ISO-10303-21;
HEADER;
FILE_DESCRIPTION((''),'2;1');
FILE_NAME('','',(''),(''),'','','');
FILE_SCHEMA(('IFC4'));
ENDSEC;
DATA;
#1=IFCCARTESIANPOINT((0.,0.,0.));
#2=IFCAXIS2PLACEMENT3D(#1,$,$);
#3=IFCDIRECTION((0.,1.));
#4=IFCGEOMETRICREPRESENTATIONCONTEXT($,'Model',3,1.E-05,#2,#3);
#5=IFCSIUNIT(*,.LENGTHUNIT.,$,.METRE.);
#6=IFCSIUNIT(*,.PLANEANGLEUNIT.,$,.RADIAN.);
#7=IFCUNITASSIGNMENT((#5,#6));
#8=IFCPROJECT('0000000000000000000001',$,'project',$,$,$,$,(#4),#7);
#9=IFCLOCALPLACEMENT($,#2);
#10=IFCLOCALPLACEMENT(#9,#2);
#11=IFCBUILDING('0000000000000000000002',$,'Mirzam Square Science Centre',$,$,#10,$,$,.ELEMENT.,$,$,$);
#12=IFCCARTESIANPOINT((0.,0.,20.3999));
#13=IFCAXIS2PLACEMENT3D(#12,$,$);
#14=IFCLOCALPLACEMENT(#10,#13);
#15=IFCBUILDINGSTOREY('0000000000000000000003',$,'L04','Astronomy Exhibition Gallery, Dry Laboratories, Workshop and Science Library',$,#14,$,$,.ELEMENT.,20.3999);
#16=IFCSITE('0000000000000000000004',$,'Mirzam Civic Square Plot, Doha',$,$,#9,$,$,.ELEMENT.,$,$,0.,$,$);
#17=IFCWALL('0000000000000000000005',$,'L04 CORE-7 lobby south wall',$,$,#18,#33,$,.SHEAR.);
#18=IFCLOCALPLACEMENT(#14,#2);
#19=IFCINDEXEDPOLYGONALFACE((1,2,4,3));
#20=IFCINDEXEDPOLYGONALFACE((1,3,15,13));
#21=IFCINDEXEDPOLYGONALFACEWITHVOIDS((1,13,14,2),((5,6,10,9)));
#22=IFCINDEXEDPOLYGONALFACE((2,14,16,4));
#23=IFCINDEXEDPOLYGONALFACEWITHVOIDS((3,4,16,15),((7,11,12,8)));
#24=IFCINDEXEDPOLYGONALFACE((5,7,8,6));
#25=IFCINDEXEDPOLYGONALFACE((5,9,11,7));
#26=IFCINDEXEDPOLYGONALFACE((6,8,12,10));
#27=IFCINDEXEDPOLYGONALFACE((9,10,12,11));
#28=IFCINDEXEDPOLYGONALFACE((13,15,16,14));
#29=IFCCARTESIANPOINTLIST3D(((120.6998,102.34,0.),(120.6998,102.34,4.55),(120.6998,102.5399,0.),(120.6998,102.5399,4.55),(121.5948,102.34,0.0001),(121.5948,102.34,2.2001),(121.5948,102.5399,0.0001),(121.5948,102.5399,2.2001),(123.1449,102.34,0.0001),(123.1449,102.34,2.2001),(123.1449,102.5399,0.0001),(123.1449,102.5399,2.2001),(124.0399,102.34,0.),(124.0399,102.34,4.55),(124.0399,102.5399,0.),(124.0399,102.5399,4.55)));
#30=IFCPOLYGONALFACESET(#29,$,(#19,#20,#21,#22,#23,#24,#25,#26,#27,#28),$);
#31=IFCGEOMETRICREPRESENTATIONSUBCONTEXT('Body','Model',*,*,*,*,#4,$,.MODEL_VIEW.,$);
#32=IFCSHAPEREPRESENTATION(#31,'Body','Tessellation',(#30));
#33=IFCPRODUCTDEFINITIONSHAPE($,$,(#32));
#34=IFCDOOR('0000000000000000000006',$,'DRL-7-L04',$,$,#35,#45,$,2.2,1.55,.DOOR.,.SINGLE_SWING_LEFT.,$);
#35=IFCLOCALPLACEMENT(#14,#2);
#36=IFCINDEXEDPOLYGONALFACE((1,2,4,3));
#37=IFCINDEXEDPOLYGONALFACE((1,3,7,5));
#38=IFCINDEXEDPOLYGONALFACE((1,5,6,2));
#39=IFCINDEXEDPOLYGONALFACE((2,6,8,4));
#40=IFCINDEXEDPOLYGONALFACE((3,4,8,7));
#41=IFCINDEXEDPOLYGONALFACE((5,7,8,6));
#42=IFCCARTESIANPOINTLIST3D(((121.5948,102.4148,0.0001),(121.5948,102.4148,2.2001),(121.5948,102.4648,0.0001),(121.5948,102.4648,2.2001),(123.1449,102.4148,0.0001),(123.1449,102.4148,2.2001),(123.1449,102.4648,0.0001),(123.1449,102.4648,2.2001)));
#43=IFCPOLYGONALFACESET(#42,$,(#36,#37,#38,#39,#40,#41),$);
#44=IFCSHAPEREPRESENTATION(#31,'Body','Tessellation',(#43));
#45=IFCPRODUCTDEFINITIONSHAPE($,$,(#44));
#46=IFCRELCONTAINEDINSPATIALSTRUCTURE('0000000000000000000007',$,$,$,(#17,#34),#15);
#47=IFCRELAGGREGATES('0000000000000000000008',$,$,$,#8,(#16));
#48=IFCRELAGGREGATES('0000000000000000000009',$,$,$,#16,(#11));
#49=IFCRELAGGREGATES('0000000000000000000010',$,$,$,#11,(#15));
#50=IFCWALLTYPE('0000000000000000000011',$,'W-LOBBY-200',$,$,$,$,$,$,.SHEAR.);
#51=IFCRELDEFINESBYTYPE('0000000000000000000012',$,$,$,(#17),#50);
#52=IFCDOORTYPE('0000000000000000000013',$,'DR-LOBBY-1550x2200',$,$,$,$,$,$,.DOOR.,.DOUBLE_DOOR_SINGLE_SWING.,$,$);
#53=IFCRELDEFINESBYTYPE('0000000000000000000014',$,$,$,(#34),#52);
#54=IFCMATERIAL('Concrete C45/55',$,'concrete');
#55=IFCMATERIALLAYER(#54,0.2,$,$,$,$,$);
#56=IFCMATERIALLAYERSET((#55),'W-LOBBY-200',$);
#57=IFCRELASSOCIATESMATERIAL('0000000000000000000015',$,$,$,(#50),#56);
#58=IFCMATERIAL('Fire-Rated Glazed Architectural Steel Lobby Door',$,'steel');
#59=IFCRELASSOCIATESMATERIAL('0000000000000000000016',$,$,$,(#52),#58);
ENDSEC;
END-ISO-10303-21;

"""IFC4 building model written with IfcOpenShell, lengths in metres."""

from ifc_helpers import new_model, si_unit, direction, frame, frame_2d, origin, place, context, subcontext, project, spatial, rectangle, extrude, material, layer, layer_set, type_object, element, fill, save


model = new_model("IFC4")

# Units and contexts
model_context = context("Model", 3, precision=1e-05, world=origin(), true_north=direction((0.0, 1.0)))
body_context = subcontext(model_context, "Body", "Model", "MODEL_VIEW")
ifc_project = project(units=[si_unit("LENGTHUNIT", "METRE"), si_unit("PLANEANGLEUNIT", "RADIAN")], contexts=[model_context])

# Site, building, storey
site_placement = place(None, origin())
site = spatial("IfcSite", under=ifc_project, at=site_placement, Name="Mirzam Civic Square Plot, Doha", CompositionType="ELEMENT", RefElevation=0.0)
building_placement = place(site_placement, origin())
building = spatial("IfcBuilding", under=site, at=building_placement, Name="Mirzam Square Science Centre", CompositionType="ELEMENT")
storey_placement = place(building_placement, frame((0.0, 0.0, 20.3999)))
storey = spatial("IfcBuildingStorey", under=building, at=storey_placement, Name="L04", Description="Astronomy Exhibition Gallery, Dry Laboratories, Workshop and Science Library", CompositionType="ELEMENT", Elevation=20.3999)

# Shared definitions
ifc_material_1 = material(Name="Concrete C45/55", Category="concrete")

# Wall, opening, door
ifc_layer_1 = layer(ifc_material_1, 0.2)
ifc_layer_set_1 = layer_set([ifc_layer_1], Name="W-LOBBY-200")
wall_type_1 = type_object("IfcWallType", Name="W-LOBBY-200", PredefinedType="SHEAR", material=ifc_layer_set_1)
wall_1_placement = place(storey_placement, frame((120.7, 102.4399, 0.0), z_axis=(0.0, 0.0, 1.0), x_axis=(1.0, 0.0, 0.0)))
wall_1 = element("IfcWall", 1, at=wall_1_placement, inside=storey, type_object=wall_type_1, Name="L04 CORE-7 lobby south wall", PredefinedType="SHEAR", context=body_context, shape_type="SweptSolid", body=[
    extrude(rectangle(XDim=3.3401, YDim=0.2, at=frame_2d((1.6699, 0.0))), origin(), (0.0, 0.0, 1.0), 4.55),
])
opening_placement = place(wall_1_placement, frame((0.895, 0.0, 0.0)))
opening = element("IfcOpeningElement", 2, at=opening_placement, cuts=wall_1, PredefinedType="OPENING", context=body_context, shape_type="SweptSolid", body=[
    extrude(rectangle(XDim=1.55, YDim=2.2, at=frame_2d((0.7749, 1.1001))), frame((0.0, 0.1099, 0.0), z_axis=(0.0, -1.0, 0.0), x_axis=(1.0, 0.0, 0.0)), (0.0, 0.0, 1.0), 0.22),
])
ifc_material_2 = material(Name="Fire-Rated Glazed Architectural Steel Lobby Door", Category="steel")
door_type = type_object("IfcDoorType", Name="DR-LOBBY-1550x2200", OperationType="DOUBLE_DOOR_SINGLE_SWING", PredefinedType="DOOR", material=ifc_material_2)
door_placement = place(opening_placement, origin())
door = element("IfcDoor", 3, at=door_placement, inside=storey, type_object=door_type, Name="DRL-7-L04", OperationType="SINGLE_SWING_LEFT", OverallHeight=2.2, OverallWidth=1.55, PredefinedType="DOOR", context=body_context, shape_type="SweptSolid", body=[
    extrude(rectangle(XDim=1.55, YDim=2.2, at=frame_2d((0.7749, 1.1001))), frame((0.0, 0.0249, 0.0), z_axis=(0.0, -1.0, 0.0), x_axis=(1.0, 0.0, 0.0)), (0.0, 0.0, 1.0), 0.05),
])
fill(opening, door)

save(model, "model.ifc")
